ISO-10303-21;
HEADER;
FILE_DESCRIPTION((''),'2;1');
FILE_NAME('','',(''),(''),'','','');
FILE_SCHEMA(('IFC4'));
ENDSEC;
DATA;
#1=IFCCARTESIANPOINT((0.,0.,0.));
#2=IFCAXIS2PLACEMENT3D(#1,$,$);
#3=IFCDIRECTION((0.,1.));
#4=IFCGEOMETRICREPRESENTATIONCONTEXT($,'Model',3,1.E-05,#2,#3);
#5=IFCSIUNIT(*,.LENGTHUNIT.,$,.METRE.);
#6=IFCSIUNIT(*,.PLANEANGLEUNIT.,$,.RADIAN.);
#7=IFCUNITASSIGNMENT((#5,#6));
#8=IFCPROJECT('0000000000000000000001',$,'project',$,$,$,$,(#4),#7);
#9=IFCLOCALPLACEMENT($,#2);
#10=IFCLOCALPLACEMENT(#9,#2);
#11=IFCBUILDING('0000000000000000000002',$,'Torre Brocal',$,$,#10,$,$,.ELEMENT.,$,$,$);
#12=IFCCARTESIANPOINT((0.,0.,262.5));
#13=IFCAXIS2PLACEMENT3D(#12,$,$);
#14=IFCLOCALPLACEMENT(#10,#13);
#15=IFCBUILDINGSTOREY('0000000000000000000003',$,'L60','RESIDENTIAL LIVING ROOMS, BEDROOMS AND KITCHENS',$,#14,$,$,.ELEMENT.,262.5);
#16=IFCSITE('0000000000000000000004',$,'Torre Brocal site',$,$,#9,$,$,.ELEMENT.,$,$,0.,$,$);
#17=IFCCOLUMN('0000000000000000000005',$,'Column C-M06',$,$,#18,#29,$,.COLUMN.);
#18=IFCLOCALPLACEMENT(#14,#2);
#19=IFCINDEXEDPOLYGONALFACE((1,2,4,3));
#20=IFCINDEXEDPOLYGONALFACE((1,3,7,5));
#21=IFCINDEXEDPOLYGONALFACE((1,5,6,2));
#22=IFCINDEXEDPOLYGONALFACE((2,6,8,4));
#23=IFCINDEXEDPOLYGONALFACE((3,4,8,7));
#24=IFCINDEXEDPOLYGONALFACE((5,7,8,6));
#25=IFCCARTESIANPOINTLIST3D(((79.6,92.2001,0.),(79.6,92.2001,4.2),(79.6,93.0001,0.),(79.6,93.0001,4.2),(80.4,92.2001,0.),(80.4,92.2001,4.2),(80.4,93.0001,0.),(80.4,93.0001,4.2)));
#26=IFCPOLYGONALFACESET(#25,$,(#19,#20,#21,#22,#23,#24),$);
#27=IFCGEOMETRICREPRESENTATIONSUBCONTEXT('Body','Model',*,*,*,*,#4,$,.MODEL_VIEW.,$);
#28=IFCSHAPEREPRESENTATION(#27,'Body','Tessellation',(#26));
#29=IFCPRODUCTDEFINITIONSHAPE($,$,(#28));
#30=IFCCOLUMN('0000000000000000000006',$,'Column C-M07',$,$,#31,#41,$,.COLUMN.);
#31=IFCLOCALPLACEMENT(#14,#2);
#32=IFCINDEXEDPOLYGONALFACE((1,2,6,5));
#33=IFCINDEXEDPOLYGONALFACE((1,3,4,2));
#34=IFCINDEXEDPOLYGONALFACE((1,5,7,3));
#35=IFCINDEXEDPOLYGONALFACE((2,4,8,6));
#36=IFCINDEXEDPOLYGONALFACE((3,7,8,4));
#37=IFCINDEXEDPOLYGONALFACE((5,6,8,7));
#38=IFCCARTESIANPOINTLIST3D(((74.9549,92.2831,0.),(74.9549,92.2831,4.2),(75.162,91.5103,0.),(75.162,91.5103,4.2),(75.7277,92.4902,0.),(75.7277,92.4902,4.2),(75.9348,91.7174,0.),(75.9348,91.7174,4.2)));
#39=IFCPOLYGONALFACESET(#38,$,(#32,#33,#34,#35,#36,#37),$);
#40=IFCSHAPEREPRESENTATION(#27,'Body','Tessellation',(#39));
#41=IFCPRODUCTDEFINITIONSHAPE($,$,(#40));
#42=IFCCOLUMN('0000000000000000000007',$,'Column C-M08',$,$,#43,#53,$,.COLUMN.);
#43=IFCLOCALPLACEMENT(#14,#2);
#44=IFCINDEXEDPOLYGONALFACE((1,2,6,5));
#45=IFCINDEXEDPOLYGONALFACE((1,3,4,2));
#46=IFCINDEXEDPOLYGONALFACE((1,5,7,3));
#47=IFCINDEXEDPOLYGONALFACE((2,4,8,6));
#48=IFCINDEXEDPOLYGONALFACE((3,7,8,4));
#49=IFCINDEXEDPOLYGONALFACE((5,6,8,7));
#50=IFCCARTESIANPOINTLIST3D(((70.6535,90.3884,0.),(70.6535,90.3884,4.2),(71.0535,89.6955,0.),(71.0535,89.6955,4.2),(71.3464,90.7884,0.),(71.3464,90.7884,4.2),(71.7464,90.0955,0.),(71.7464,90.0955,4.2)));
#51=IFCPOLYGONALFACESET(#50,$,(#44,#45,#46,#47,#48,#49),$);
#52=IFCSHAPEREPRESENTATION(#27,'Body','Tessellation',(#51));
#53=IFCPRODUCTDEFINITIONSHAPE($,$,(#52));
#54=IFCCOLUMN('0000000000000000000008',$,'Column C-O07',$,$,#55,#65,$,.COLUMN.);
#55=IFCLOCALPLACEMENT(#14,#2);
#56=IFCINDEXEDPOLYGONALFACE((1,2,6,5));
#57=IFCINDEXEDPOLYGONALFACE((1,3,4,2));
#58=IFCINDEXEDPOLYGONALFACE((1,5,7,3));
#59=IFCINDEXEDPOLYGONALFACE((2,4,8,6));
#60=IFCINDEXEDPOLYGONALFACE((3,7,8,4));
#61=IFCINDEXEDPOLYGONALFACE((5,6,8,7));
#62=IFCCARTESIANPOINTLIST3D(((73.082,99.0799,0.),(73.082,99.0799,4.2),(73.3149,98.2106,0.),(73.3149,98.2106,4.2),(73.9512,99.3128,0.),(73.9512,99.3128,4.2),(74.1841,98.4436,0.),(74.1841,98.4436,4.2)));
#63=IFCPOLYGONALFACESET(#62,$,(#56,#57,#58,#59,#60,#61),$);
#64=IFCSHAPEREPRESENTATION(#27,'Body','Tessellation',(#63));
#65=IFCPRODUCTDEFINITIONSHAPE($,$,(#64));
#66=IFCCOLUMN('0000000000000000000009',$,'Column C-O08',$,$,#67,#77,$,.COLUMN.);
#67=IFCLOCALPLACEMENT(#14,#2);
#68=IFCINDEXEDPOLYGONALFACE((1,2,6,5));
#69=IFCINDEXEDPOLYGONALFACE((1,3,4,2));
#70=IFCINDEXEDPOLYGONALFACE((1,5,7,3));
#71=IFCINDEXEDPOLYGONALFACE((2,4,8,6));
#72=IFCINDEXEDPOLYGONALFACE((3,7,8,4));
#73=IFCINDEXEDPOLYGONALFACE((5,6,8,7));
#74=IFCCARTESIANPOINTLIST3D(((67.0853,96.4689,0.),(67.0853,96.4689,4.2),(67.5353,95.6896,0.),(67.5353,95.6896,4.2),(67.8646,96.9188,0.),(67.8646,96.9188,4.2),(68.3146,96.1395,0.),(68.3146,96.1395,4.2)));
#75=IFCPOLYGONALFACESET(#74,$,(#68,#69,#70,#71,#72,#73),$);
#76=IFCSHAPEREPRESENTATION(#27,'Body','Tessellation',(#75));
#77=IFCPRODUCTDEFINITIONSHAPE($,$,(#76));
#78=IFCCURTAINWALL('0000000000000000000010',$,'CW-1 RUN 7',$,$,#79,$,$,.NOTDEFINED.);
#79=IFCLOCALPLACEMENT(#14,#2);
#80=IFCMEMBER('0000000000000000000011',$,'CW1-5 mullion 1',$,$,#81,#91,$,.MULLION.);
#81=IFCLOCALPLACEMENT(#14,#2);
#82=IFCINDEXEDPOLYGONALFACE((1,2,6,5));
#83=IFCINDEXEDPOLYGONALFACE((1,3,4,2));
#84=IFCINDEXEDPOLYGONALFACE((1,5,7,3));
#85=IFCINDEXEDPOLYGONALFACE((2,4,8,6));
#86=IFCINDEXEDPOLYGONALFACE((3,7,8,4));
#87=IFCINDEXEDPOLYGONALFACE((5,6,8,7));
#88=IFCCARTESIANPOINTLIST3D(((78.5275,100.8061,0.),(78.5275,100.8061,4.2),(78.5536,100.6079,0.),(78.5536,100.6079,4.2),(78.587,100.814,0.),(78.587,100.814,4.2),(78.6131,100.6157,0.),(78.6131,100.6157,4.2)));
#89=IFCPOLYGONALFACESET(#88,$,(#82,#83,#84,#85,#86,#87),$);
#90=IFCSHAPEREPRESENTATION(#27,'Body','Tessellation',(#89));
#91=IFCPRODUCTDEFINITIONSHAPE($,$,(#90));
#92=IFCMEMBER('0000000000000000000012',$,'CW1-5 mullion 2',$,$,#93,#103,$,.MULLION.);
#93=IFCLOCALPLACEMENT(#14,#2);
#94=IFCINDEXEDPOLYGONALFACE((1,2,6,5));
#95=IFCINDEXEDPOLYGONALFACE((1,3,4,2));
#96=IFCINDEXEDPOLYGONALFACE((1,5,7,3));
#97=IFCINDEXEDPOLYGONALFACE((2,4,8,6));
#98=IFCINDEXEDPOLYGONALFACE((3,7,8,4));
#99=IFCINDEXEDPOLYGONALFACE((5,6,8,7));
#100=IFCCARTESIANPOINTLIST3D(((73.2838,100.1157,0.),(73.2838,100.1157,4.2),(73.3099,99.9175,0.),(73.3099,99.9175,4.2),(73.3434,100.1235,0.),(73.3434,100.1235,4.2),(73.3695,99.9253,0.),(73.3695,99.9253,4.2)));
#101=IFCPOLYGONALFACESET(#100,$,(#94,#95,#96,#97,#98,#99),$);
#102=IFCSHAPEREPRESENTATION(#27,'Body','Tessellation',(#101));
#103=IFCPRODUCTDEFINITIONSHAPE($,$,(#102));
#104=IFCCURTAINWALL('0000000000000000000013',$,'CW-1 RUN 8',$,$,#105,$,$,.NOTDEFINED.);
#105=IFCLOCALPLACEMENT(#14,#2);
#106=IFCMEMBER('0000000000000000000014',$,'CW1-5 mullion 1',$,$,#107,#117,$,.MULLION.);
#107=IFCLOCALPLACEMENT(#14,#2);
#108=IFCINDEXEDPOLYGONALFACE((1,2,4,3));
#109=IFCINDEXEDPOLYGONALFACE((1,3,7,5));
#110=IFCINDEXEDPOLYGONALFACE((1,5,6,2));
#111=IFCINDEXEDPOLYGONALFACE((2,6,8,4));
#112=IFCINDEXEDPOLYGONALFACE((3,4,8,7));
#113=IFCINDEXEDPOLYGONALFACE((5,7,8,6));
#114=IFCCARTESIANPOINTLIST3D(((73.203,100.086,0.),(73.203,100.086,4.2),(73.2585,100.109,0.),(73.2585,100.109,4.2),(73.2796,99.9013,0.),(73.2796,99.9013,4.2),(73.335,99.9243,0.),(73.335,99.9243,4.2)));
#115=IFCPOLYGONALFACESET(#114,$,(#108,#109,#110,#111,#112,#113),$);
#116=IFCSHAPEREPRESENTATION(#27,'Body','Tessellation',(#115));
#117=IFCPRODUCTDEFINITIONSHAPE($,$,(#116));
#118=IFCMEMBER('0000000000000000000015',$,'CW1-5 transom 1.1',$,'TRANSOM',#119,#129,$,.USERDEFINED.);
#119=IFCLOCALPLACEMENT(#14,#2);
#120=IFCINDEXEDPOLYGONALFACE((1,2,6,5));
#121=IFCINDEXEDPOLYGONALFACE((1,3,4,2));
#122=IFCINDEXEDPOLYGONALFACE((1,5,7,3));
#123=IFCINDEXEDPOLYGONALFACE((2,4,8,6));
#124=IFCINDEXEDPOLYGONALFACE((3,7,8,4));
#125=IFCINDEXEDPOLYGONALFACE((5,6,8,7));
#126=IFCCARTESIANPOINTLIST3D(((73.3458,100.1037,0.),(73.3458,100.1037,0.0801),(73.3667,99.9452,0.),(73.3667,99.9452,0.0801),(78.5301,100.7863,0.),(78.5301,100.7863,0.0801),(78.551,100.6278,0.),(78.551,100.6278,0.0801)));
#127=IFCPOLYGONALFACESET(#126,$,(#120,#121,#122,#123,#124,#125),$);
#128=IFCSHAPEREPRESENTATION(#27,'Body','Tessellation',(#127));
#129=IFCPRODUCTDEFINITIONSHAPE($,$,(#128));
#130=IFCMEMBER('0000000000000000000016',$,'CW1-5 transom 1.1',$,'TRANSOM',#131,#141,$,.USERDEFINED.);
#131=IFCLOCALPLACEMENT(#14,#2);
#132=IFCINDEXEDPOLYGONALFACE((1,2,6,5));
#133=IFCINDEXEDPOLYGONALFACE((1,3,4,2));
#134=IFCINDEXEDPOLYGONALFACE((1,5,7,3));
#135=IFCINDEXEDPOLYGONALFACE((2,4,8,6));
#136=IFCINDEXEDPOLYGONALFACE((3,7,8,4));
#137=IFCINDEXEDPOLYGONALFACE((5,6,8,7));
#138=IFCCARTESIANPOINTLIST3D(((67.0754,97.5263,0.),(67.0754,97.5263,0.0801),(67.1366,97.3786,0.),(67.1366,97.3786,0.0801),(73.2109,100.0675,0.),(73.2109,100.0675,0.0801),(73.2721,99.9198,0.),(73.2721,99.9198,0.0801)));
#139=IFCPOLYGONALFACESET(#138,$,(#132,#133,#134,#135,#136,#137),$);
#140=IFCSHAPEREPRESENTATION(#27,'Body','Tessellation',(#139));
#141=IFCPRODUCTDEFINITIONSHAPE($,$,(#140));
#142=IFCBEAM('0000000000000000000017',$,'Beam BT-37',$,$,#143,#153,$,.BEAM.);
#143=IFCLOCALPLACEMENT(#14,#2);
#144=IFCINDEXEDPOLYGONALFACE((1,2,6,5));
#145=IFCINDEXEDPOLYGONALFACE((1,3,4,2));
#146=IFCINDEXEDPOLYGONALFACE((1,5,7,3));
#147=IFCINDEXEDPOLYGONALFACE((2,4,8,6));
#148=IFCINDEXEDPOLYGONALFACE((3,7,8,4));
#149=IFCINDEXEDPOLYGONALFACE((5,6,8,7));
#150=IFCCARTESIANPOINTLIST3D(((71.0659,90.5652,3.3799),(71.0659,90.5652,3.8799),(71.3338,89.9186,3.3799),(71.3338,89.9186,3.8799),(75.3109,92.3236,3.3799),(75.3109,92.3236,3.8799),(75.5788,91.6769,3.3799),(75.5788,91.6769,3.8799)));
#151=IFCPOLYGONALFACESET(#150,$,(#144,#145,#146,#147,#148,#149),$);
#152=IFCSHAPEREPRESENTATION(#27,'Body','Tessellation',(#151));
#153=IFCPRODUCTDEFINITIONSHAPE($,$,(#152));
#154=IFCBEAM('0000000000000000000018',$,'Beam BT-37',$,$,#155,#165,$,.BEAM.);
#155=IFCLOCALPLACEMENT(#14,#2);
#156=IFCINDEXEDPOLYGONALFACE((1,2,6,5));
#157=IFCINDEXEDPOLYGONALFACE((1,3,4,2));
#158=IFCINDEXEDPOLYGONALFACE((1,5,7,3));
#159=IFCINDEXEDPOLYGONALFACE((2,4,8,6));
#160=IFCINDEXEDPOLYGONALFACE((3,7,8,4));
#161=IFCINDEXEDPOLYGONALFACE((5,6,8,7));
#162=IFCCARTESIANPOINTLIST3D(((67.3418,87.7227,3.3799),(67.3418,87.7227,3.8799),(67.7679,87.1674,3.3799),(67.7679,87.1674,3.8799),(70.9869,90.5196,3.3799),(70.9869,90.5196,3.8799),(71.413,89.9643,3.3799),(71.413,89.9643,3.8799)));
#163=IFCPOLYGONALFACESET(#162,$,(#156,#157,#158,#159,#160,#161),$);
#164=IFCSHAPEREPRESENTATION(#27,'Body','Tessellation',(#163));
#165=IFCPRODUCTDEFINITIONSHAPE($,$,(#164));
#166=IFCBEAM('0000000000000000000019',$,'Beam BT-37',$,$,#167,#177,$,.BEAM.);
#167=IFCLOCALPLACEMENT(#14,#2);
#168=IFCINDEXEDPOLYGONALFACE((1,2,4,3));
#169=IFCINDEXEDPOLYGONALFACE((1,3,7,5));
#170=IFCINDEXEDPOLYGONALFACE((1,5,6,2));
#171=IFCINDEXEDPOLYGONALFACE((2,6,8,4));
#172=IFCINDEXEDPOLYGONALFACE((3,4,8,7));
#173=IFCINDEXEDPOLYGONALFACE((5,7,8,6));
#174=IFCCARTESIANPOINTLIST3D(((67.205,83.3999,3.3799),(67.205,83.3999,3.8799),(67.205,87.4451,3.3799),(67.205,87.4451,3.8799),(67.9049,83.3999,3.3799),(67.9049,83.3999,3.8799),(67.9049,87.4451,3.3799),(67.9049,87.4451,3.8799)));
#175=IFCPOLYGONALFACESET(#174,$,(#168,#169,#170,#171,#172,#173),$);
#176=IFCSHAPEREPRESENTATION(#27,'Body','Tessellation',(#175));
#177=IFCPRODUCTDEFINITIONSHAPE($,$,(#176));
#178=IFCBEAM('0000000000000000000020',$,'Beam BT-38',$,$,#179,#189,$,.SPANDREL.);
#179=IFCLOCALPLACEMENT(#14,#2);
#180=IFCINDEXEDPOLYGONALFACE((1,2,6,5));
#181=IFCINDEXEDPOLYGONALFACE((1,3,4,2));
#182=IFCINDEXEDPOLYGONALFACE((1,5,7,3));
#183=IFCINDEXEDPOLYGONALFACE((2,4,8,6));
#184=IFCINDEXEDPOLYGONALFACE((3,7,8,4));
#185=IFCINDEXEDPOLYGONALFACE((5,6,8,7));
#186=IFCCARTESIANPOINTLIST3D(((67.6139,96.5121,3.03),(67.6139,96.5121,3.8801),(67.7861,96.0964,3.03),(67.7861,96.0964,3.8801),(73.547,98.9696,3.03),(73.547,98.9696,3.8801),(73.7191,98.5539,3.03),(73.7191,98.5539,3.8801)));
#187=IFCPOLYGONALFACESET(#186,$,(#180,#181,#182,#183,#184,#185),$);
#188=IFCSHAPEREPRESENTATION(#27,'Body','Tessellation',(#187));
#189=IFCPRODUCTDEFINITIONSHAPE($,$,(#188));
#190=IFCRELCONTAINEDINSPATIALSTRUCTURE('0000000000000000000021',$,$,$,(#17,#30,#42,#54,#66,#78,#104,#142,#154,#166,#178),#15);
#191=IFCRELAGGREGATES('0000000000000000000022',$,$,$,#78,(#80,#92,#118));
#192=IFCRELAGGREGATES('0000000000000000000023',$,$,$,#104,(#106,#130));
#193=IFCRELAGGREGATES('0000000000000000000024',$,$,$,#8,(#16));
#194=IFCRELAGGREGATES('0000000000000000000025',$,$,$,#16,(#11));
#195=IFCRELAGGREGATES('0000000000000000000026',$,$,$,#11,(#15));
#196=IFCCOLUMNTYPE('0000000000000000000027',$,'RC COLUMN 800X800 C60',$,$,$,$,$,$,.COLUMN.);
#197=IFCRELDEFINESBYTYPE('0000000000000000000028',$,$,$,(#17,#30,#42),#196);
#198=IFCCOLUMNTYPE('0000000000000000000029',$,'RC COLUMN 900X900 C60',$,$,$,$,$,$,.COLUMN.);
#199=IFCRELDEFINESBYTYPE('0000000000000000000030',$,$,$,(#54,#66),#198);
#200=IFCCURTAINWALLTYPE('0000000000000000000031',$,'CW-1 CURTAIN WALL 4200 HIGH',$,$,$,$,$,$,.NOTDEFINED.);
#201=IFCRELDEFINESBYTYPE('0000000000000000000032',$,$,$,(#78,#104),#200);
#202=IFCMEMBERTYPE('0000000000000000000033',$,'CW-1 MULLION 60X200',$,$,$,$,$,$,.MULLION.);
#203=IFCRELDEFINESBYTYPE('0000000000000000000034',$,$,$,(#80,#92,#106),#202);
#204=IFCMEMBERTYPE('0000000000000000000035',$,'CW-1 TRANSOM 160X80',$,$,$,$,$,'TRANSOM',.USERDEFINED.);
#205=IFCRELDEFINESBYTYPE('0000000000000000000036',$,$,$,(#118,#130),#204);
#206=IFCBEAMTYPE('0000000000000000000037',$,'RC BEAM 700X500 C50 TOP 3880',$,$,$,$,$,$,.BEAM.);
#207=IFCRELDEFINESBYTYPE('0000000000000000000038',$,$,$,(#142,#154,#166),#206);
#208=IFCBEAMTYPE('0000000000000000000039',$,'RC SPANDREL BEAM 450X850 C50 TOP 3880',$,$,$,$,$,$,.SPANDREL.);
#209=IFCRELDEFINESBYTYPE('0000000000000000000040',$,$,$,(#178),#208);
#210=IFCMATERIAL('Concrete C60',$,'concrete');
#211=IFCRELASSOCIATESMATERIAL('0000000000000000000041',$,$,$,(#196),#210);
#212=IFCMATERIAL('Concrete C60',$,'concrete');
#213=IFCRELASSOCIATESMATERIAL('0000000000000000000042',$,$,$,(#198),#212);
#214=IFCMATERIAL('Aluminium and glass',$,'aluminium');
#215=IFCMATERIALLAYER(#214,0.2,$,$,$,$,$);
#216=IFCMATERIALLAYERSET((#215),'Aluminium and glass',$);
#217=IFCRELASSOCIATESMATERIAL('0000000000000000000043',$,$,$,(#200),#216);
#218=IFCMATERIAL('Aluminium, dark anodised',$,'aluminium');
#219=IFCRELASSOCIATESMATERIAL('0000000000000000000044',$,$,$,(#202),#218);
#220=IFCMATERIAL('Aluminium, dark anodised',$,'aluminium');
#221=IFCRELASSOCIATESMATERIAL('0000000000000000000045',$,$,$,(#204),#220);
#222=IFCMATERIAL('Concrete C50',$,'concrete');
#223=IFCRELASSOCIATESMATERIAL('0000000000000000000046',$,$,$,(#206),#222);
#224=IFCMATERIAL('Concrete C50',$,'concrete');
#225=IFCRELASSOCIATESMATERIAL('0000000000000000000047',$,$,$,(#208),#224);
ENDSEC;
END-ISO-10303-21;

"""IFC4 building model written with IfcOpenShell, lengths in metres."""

from ifc_helpers import new_model, si_unit, direction, frame, origin, origin_2d, place, context, subcontext, project, spatial, rectangle, extrude, material, layer, layer_set, material_profile, profile_set, type_object, element, aggregate, save


model = new_model("IFC4")

# Units and contexts
model_context = context("Model", 3, precision=1e-05, world=origin(), true_north=direction((0.0, 1.0)))
body_context = subcontext(model_context, "Body", "Model", "MODEL_VIEW")
ifc_project = project(units=[si_unit("LENGTHUNIT", "METRE"), si_unit("PLANEANGLEUNIT", "RADIAN")], contexts=[model_context])

# Site, building, storey
site_placement = place(None, origin())
site = spatial("IfcSite", under=ifc_project, at=site_placement, Name="Torre Brocal site", CompositionType="ELEMENT", RefElevation=0.0)
building_placement = place(site_placement, origin())
building = spatial("IfcBuilding", under=site, at=building_placement, Name="Torre Brocal", CompositionType="ELEMENT")
storey_placement = place(building_placement, frame((0.0, 0.0, 262.5)))
storey = spatial("IfcBuildingStorey", under=building, at=storey_placement, Name="L60", Description="RESIDENTIAL LIVING ROOMS, BEDROOMS AND KITCHENS", CompositionType="ELEMENT", Elevation=262.5)

# Columns
ifc_material_1 = material(Name="Concrete C60", Category="concrete")
ifc_material_profile_1 = material_profile(ifc_material_1, rectangle(XDim=0.8, YDim=0.8, at=origin_2d()), Name="RC 800X800")
ifc_profile_set_1 = profile_set([ifc_material_profile_1], Name="Concrete C60")
column_type_1 = type_object("IfcColumnType", Name="RC COLUMN 800X800 C60", PredefinedType="COLUMN", material=ifc_profile_set_1)
for number, where, z_axis, x_axis, name in (
    (1, (80.0, 92.6001, 0.0), (0.0, 0.0, 1.0), (0.0, 1.0, 0.0), "Column C-M06"),
    (2, (75.4448, 92.0002, 0.0), (0.0, 0.0, 1.0), (-0.258819, 0.965926, 0.0), "Column C-M07"),
    (3, (71.2, 90.2419, 0.0), (0.0, 0.0, 1.0), (-0.5, 0.866025, 0.0), "Column C-M08"),
):
    element("IfcColumn", number, at=place(storey_placement, frame(where, z_axis=z_axis, x_axis=x_axis)), inside=storey, type_object=column_type_1, Name=name, PredefinedType="COLUMN", context=body_context, shape_type="SweptSolid", body=[
        extrude(rectangle(XDim=0.8, YDim=0.8, at=origin_2d()), origin(), (0.0, 0.0, 1.0), 4.2),
    ])
ifc_material_2 = material(Name="Concrete C60", Category="concrete")
ifc_material_profile_2 = material_profile(ifc_material_2, rectangle(XDim=0.8999, YDim=0.8999, at=origin_2d()), Name="RC 900X900")
ifc_profile_set_2 = profile_set([ifc_material_profile_2], Name="Concrete C60")
column_type_2 = type_object("IfcColumnType", Name="RC COLUMN 900X900 C60", PredefinedType="COLUMN", material=ifc_profile_set_2)
for number, where, z_axis, x_axis, name in (
    (4, (73.6331, 98.7617, 0.0), (0.0, 0.0, 1.0), (-0.258819, 0.965926, 0.0), "Column C-O07"),
    (5, (67.7, 96.3042, 0.0), (0.0, 0.0, 1.0), (-0.5, 0.866025, 0.0), "Column C-O08"),
):
    element("IfcColumn", number, at=place(storey_placement, frame(where, z_axis=z_axis, x_axis=x_axis)), inside=storey, type_object=column_type_2, Name=name, PredefinedType="COLUMN", context=body_context, shape_type="SweptSolid", body=[
        extrude(rectangle(XDim=0.8999, YDim=0.8999, at=origin_2d()), origin(), (0.0, 0.0, 1.0), 4.2),
    ])

# Curtain wall, members
ifc_material_3 = material(Name="Aluminium and glass", Category="aluminium")
ifc_layer_1 = layer(ifc_material_3, 0.2)
ifc_layer_set_1 = layer_set([ifc_layer_1], Name="Aluminium and glass")
curtain_wall_type = type_object("IfcCurtainWallType", Name="CW-1 CURTAIN WALL 4200 HIGH", PredefinedType="NOTDEFINED", material=ifc_layer_set_1)
curtain_wall_1_placement = place(storey_placement, origin())
curtain_wall_1 = element("IfcCurtainWall", 6, at=curtain_wall_1_placement, inside=storey, type_object=curtain_wall_type, Name="CW-1 RUN 7", PredefinedType="NOTDEFINED")
ifc_material_4 = material(Name="Aluminium, dark anodised", Category="aluminium")
ifc_material_profile_3 = material_profile(ifc_material_4, rectangle(XDim=0.2, YDim=0.0601, at=origin_2d()), Name="CW-1 MULLION 60X200")
ifc_profile_set_3 = profile_set([ifc_material_profile_3], Name="Aluminium, dark anodised")
member_type_1 = type_object("IfcMemberType", Name="CW-1 MULLION 60X200", PredefinedType="MULLION", material=ifc_profile_set_3)
member_1_placement = place(storey_placement, frame((78.5703, 100.7109, 0.0), z_axis=(0.0, 0.0, 1.0), x_axis=(0.130526, -0.991445, 0.0)))
member_1 = element("IfcMember", 7, at=member_1_placement, type_object=member_type_1, Name="CW1-5 mullion 1", PredefinedType="MULLION", context=body_context, shape_type="SweptSolid", body=[
    extrude(rectangle(XDim=0.2, YDim=0.0601, at=origin_2d()), origin(), (0.0, 0.0, 1.0), 4.2),
])
member_2_placement = place(storey_placement, frame((73.3267, 100.0205, 0.0), z_axis=(0.0, 0.0, 1.0), x_axis=(0.130526, -0.991445, 0.0)))
member_2 = element("IfcMember", 8, at=member_2_placement, type_object=member_type_1, Name="CW1-5 mullion 2", PredefinedType="MULLION", context=body_context, shape_type="SweptSolid", body=[
    extrude(rectangle(XDim=0.2, YDim=0.0601, at=origin_2d()), origin(), (0.0, 0.0, 1.0), 4.2),
])

# Curtain wall, member
curtain_wall_2_placement = place(storey_placement, origin())
curtain_wall_2 = element("IfcCurtainWall", 9, at=curtain_wall_2_placement, inside=storey, type_object=curtain_wall_type, Name="CW-1 RUN 8", PredefinedType="NOTDEFINED")
member_3_placement = place(storey_placement, frame((73.269, 100.0051, 0.0), z_axis=(0.0, 0.0, 1.0), x_axis=(0.382683, -0.92388, 0.0)))
member_3 = element("IfcMember", 10, at=member_3_placement, type_object=member_type_1, Name="CW1-5 mullion 1", PredefinedType="MULLION", context=body_context, shape_type="SweptSolid", body=[
    extrude(rectangle(XDim=0.2, YDim=0.0601, at=origin_2d()), origin(), (0.0, 0.0, 1.0), 4.2),
])

# Members
ifc_material_5 = material(Name="Aluminium, dark anodised", Category="aluminium")
ifc_material_profile_4 = material_profile(ifc_material_5, rectangle(XDim=0.1599, YDim=0.0801, at=origin_2d()), Name="CW-1 TRANSOM 160X80")
ifc_profile_set_4 = profile_set([ifc_material_profile_4], Name="Aluminium, dark anodised")
member_type_2 = type_object("IfcMemberType", Name="CW-1 TRANSOM 160X80", ElementType="TRANSOM", PredefinedType="USERDEFINED", material=ifc_profile_set_4)
member_4_placement = place(storey_placement, frame((78.5405, 100.707, 0.04), z_axis=(-0.991443, -0.130543, 0.0), x_axis=(0.130543, -0.991443, 0.0)))
member_4 = element("IfcMember", 11, at=member_4_placement, type_object=member_type_2, Name="CW1-5 transom 1.1", ObjectType="TRANSOM", PredefinedType="USERDEFINED", context=body_context, shape_type="SweptSolid", body=[
    extrude(rectangle(XDim=0.1599, YDim=0.0801, at=origin_2d()), origin(), (0.0, 0.0, 1.0), 5.229),
])
member_5_placement = place(storey_placement, frame((73.2415, 99.9937, 0.04), z_axis=(-0.923887, -0.382665, 0.0), x_axis=(0.382665, -0.923887, 0.0)))
member_5 = element("IfcMember", 12, at=member_5_placement, type_object=member_type_2, Name="CW1-5 transom 1.1", ObjectType="TRANSOM", PredefinedType="USERDEFINED", context=body_context, shape_type="SweptSolid", body=[
    extrude(rectangle(XDim=0.1599, YDim=0.0801, at=origin_2d()), origin(), (0.0, 0.0, 1.0), 6.6409),
])

# Beams
ifc_material_6 = material(Name="Concrete C50", Category="concrete")
ifc_material_profile_5 = material_profile(ifc_material_6, rectangle(XDim=0.7, YDim=0.5, at=origin_2d()), Name="RC 700X500")
ifc_profile_set_5 = profile_set([ifc_material_profile_5], Name="Concrete C50")
beam_type_1 = type_object("IfcBeamType", Name="RC BEAM 700X500 C50 TOP 3880", PredefinedType="BEAM", material=ifc_profile_set_5)
beam_1_placement = place(storey_placement, frame((75.4448, 92.0002, 3.6299), z_axis=(-0.923878, -0.382687, 0.0), x_axis=(0.382687, -0.923878, 0.0)))
element("IfcBeam", 13, at=beam_1_placement, inside=storey, type_object=beam_type_1, Name="Beam BT-37", PredefinedType="BEAM", context=body_context, shape_type="SweptSolid", body=[
    extrude(rectangle(XDim=0.7, YDim=0.5, at=origin_2d()), origin(), (0.0, 0.0, 1.0), 4.5947),
])
beam_2_placement = place(storey_placement, frame((71.2, 90.2419, 3.6299), z_axis=(-0.793358, -0.608755, 0.0), x_axis=(0.608755, -0.793358, 0.0)))
element("IfcBeam", 14, at=beam_2_placement, inside=storey, type_object=beam_type_1, Name="Beam BT-37", PredefinedType="BEAM", context=body_context, shape_type="SweptSolid", body=[
    extrude(rectangle(XDim=0.7, YDim=0.5, at=origin_2d()), origin(), (0.0, 0.0, 1.0), 4.5945),
])
beam_3_placement = place(storey_placement, frame((67.5549, 87.4451, 3.6299), z_axis=(0.0, -1.0, 0.0), x_axis=(1.0, 0.0, 0.0)))
element("IfcBeam", 15, at=beam_3_placement, inside=storey, type_object=beam_type_1, Name="Beam BT-37", PredefinedType="BEAM", context=body_context, shape_type="SweptSolid", body=[
    extrude(rectangle(XDim=0.7, YDim=0.5, at=origin_2d()), origin(), (0.0, 0.0, 1.0), 4.0452),
])
ifc_material_7 = material(Name="Concrete C50", Category="concrete")
ifc_material_profile_6 = material_profile(ifc_material_7, rectangle(XDim=0.45, YDim=0.8501, at=origin_2d()), Name="RC 450X850")
ifc_profile_set_6 = profile_set([ifc_material_profile_6], Name="Concrete C50")
beam_type_2 = type_object("IfcBeamType", Name="RC SPANDREL BEAM 450X850 C50 TOP 3880", PredefinedType="SPANDREL", material=ifc_profile_set_6)
beam_4_placement = place(storey_placement, frame((73.6331, 98.7617, 3.4551), z_axis=(-0.923882, -0.382676, 0.0), x_axis=(0.382676, -0.923882, 0.0)))
element("IfcBeam", 16, at=beam_4_placement, inside=storey, type_object=beam_type_2, Name="Beam BT-38", PredefinedType="SPANDREL", context=body_context, shape_type="SweptSolid", body=[
    extrude(rectangle(XDim=0.45, YDim=0.8501, at=origin_2d()), origin(), (0.0, 0.0, 1.0), 6.4219),
])

aggregate(curtain_wall_1, [member_1, member_2, member_4])
aggregate(curtain_wall_2, [member_3, member_5])

save(model, "model.ifc")
